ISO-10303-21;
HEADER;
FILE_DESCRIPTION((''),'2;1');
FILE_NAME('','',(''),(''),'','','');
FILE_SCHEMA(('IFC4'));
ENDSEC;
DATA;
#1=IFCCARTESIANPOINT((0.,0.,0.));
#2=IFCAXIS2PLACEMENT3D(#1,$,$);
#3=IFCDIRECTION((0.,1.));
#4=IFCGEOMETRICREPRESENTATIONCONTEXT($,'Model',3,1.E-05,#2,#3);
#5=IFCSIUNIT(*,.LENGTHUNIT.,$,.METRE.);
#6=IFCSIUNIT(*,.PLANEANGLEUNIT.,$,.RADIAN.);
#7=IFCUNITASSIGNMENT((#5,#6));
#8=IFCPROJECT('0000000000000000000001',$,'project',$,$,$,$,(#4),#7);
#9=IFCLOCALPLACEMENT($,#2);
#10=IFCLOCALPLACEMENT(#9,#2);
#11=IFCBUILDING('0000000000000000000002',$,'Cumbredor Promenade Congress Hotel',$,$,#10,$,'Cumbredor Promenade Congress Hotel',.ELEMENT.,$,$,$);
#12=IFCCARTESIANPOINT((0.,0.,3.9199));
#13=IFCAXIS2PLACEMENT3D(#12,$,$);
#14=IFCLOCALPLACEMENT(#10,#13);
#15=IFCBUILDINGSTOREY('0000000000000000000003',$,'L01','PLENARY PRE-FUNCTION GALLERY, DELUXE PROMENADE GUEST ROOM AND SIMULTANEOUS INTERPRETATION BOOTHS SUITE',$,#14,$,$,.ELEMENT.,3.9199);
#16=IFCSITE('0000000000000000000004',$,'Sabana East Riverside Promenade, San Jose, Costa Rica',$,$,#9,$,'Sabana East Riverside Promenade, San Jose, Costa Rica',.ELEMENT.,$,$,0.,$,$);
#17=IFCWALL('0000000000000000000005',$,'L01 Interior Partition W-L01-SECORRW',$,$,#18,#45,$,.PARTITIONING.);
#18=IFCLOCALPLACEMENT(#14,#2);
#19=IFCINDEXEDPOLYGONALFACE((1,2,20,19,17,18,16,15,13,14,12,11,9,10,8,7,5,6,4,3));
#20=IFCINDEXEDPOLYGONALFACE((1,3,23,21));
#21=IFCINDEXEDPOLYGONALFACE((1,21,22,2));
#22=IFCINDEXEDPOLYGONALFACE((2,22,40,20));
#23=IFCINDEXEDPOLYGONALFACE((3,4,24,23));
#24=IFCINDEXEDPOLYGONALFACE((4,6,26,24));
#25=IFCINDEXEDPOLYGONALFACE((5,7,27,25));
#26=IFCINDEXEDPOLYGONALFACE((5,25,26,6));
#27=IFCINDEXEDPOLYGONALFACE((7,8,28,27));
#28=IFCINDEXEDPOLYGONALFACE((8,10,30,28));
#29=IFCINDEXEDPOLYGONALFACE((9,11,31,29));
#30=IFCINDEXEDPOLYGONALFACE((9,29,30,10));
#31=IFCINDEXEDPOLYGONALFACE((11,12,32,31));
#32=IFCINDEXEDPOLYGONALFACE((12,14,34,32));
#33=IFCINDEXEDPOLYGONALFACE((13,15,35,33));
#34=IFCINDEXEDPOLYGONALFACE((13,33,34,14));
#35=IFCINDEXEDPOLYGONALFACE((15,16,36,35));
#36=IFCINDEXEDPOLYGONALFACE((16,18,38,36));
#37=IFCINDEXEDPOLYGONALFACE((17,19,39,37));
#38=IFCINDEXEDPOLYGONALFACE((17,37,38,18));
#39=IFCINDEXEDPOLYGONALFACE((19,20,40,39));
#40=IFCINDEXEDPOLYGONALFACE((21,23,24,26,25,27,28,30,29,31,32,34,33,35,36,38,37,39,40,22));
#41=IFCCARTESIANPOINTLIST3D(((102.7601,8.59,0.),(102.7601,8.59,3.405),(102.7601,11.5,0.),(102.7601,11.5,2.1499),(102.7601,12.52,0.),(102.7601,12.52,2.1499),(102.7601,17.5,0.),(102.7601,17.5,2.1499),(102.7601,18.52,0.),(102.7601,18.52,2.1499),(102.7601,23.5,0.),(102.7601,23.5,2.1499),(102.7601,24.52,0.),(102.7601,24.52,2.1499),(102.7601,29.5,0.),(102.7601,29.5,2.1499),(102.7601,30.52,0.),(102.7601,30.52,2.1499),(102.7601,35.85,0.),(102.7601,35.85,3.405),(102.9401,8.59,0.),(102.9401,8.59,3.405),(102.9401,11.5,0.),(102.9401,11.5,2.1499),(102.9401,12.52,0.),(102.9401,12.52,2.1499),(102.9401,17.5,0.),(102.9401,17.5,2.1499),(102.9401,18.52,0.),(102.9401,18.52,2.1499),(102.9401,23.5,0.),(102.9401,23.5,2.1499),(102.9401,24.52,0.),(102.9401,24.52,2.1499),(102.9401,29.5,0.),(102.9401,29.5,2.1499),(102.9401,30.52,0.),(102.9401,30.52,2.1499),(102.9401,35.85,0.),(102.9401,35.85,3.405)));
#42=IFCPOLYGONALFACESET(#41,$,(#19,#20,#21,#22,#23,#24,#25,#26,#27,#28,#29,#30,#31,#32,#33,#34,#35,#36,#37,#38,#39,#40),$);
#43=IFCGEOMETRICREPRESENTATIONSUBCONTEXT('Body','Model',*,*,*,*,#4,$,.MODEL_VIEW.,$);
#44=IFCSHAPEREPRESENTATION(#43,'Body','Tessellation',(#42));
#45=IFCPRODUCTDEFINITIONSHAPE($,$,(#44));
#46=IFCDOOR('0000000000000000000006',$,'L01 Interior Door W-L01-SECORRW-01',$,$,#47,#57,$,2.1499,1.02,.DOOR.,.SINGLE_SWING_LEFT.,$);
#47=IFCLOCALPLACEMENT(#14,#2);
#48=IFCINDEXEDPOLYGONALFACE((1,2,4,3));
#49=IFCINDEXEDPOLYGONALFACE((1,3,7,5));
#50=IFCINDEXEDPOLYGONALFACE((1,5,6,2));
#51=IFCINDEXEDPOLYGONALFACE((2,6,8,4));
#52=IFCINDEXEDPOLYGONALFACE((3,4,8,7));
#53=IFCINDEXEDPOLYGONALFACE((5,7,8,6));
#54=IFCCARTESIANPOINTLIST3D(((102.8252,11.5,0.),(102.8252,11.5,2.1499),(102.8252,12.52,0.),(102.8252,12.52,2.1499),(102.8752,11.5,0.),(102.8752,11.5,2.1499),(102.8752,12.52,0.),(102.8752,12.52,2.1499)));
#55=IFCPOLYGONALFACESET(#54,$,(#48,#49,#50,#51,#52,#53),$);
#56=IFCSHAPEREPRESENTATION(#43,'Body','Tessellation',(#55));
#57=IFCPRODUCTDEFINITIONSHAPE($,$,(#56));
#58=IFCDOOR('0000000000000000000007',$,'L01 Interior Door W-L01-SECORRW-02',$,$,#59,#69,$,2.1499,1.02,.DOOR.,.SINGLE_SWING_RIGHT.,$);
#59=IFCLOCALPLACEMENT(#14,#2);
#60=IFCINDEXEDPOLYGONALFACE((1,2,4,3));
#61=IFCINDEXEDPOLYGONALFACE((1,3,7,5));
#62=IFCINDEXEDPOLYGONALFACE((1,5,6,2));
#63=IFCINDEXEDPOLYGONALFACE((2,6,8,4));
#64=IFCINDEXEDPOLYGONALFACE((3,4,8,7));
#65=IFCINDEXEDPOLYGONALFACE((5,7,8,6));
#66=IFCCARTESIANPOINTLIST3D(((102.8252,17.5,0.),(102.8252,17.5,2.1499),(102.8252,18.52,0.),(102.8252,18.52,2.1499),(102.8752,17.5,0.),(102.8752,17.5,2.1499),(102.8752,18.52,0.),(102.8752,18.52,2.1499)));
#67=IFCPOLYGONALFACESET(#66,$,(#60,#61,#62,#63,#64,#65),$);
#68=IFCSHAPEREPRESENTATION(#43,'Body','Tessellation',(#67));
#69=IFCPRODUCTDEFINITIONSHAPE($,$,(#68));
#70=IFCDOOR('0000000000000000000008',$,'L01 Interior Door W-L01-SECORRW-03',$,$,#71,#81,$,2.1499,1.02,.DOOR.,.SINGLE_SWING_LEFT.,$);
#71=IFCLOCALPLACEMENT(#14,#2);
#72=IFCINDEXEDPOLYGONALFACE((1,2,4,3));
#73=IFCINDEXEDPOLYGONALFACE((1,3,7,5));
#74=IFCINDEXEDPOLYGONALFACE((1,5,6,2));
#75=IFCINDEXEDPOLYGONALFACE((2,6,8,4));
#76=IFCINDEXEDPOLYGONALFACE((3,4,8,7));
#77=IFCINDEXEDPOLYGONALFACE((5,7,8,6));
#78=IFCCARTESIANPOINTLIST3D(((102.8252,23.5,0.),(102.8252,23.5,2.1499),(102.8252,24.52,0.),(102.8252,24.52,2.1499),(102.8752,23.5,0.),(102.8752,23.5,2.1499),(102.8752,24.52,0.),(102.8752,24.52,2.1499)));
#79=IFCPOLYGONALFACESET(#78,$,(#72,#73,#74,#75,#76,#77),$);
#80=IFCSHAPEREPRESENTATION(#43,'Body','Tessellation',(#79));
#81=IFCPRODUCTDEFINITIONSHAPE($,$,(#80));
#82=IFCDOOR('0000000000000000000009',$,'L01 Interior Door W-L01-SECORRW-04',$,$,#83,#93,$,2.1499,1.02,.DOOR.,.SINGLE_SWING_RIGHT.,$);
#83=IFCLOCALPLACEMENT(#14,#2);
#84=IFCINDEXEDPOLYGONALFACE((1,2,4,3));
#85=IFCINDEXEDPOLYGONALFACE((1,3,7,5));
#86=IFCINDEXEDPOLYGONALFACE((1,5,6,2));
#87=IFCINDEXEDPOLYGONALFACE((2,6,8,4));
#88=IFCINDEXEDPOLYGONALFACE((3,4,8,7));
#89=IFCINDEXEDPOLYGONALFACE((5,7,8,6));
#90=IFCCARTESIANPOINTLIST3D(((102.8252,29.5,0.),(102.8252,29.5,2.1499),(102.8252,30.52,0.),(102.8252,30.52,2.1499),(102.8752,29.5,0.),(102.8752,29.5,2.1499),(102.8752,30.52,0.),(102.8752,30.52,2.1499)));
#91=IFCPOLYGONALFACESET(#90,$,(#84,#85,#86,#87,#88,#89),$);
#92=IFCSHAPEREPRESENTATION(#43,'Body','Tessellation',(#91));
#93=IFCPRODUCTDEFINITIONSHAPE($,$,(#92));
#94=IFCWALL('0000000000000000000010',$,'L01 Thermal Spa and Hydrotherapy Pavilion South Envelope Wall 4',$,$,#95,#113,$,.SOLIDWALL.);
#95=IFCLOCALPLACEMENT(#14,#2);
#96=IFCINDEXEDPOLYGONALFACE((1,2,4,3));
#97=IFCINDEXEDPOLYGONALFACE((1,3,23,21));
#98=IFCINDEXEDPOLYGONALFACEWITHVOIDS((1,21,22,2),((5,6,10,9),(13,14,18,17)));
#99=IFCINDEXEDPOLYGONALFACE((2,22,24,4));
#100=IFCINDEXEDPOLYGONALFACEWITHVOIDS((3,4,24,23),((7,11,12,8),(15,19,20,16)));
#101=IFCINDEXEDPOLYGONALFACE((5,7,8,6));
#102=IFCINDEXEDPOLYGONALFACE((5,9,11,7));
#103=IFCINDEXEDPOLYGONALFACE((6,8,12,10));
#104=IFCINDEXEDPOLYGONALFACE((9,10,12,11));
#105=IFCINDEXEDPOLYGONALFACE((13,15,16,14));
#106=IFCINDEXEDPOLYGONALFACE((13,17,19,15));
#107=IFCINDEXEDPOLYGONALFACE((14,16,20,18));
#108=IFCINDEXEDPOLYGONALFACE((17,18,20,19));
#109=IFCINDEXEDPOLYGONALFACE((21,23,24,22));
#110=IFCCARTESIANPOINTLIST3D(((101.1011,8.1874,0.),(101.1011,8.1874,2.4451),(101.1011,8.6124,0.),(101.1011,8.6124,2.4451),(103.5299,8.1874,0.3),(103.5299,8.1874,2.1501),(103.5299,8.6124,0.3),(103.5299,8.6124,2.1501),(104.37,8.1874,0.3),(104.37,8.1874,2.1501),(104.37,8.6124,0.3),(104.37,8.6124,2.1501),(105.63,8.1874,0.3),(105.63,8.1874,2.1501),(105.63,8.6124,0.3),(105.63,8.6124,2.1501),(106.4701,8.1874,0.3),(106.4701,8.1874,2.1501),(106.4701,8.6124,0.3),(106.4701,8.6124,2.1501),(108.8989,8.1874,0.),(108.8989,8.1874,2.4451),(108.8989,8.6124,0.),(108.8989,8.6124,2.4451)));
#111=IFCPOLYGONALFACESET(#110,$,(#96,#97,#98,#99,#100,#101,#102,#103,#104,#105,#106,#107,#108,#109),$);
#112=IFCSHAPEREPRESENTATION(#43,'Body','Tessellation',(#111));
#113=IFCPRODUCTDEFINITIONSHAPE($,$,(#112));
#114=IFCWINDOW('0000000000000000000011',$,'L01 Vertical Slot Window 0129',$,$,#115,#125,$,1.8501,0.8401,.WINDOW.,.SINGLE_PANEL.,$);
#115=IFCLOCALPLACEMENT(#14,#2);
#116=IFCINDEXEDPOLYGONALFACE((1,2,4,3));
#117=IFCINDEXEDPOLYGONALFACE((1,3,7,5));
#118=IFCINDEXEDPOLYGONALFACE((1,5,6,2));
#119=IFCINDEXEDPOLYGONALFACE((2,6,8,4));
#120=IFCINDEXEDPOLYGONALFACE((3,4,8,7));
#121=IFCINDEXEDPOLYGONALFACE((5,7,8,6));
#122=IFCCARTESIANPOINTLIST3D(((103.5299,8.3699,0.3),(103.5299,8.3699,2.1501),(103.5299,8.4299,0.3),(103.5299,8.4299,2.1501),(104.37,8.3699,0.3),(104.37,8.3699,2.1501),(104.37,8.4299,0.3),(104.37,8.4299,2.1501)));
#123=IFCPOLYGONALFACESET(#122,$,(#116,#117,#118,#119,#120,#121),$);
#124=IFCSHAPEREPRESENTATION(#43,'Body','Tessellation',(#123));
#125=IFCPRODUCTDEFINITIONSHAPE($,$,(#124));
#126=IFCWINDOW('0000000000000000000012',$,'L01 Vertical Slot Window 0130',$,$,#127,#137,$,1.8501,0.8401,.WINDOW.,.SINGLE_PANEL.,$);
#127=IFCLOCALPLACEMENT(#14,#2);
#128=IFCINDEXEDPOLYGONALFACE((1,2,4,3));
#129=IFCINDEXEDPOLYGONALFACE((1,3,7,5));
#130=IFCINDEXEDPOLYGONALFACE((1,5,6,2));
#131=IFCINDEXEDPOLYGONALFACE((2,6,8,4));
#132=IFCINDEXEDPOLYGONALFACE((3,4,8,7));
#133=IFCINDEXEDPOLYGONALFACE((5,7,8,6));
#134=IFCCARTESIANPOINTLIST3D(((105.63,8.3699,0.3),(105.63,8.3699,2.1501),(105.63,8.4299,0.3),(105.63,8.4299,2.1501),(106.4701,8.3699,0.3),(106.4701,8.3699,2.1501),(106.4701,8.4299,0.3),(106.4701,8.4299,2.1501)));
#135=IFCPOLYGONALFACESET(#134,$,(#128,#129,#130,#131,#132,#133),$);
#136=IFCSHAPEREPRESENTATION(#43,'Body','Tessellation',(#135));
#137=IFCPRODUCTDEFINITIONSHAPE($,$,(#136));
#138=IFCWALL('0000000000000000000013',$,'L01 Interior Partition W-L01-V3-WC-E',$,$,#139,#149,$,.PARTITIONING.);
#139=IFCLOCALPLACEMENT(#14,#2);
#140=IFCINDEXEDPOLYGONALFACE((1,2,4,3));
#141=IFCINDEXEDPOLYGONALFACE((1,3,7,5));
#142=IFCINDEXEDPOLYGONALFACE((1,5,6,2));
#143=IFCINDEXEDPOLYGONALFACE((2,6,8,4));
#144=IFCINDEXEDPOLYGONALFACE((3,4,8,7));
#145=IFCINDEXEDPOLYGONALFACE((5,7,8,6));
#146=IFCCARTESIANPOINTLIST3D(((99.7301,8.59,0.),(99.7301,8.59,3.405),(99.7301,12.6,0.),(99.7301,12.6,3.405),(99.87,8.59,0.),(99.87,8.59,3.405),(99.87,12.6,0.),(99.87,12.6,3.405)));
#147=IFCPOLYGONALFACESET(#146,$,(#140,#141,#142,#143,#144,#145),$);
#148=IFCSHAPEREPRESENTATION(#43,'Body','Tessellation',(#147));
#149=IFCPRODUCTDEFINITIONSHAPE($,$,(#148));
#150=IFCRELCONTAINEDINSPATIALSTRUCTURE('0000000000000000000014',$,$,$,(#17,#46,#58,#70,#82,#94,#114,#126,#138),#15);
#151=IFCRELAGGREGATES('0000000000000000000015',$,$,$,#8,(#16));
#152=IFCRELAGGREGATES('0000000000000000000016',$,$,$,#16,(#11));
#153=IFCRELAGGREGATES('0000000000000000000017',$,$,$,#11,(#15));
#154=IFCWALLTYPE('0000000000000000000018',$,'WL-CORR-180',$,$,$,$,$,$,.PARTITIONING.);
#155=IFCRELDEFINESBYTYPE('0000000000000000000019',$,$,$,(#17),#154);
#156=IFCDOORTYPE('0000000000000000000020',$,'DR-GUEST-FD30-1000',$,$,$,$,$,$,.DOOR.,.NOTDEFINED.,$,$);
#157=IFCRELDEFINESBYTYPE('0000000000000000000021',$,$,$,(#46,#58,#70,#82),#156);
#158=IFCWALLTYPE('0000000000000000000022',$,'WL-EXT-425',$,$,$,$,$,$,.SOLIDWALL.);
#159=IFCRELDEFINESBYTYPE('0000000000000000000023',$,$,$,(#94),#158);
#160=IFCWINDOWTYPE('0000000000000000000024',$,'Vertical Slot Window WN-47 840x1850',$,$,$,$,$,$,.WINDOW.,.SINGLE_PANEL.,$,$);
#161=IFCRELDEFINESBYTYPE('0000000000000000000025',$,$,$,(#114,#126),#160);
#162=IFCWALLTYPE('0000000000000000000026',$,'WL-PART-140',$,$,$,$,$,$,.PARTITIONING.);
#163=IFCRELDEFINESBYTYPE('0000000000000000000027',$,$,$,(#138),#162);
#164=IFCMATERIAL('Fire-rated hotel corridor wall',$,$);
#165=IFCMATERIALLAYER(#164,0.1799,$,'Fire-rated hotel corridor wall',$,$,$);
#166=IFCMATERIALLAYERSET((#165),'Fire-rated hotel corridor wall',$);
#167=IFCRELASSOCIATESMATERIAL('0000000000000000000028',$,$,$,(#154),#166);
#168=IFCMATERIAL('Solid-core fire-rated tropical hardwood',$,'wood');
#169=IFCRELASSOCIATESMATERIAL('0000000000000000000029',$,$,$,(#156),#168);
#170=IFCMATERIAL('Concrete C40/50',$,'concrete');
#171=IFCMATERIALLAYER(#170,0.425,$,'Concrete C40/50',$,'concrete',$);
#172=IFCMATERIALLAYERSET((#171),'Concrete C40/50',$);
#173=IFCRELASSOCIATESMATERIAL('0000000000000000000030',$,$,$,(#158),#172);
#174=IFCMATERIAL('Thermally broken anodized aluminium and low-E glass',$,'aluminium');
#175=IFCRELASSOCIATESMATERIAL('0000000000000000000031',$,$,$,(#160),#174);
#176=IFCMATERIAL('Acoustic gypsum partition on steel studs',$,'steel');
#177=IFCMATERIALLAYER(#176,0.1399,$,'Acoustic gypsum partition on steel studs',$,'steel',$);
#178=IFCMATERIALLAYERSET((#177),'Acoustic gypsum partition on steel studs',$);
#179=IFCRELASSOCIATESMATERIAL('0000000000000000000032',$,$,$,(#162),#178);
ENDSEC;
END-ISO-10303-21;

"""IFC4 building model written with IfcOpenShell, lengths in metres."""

from ifc_helpers import new_model, si_unit, direction, frame, frame_2d, origin, place, context, subcontext, project, spatial, rectangle, extrude, material, layer, layer_set, type_object, element, fill, save


model = new_model("IFC4")

# Units and contexts
model_context = context("Model", 3, precision=1e-05, world=origin(), true_north=direction((0.0, 1.0)))
body_context = subcontext(model_context, "Body", "Model", "MODEL_VIEW")
ifc_project = project(units=[si_unit("LENGTHUNIT", "METRE"), si_unit("PLANEANGLEUNIT", "RADIAN")], contexts=[model_context])

# Site, building, storey
site_placement = place(None, origin())
site = spatial("IfcSite", under=ifc_project, at=site_placement, Name="Sabana East Riverside Promenade, San Jose, Costa Rica", LongName="Sabana East Riverside Promenade, San Jose, Costa Rica", CompositionType="ELEMENT", RefElevation=0.0)
building_placement = place(site_placement, origin())
building = spatial("IfcBuilding", under=site, at=building_placement, Name="Cumbredor Promenade Congress Hotel", LongName="Cumbredor Promenade Congress Hotel", CompositionType="ELEMENT")
storey_placement = place(building_placement, frame((0.0, 0.0, 3.9199)))
storey = spatial("IfcBuildingStorey", under=building, at=storey_placement, Name="L01", Description="PLENARY PRE-FUNCTION GALLERY, DELUXE PROMENADE GUEST ROOM AND SIMULTANEOUS INTERPRETATION BOOTHS SUITE", CompositionType="ELEMENT", Elevation=3.9199)

# Shared definitions
ifc_material_1 = material(Name="Concrete C40/50", Category="concrete")

# Shared definitions
ifc_material_2 = material(Name="Thermally broken anodized aluminium and low-E glass", Category="aluminium")

# Wall, openings, doors
ifc_material_3 = material(Name="Fire-rated hotel corridor wall")
ifc_layer_1 = layer(ifc_material_3, 0.1799, Name="Fire-rated hotel corridor wall")
ifc_layer_set_1 = layer_set([ifc_layer_1], Name="Fire-rated hotel corridor wall")
wall_type_1 = type_object("IfcWallType", Name="WL-CORR-180", PredefinedType="PARTITIONING", material=ifc_layer_set_1)
wall_1_placement = place(storey_placement, frame((102.8501, 8.5901, 0.0), z_axis=(0.0, 0.0, 1.0), x_axis=(0.0, 1.0, 0.0)))
wall_1 = element("IfcWall", 1, at=wall_1_placement, inside=storey, type_object=wall_type_1, Name="L01 Interior Partition W-L01-SECORRW", PredefinedType="PARTITIONING", context=body_context, shape_type="SweptSolid", body=[
    extrude(rectangle(XDim=27.26, YDim=0.1799, at=frame_2d((13.6299, 0.0))), origin(), (0.0, 0.0, 1.0), 3.405),
])
opening_1_placement = place(wall_1_placement, frame((2.9099, 0.0, 0.0)))
opening_1 = element("IfcOpeningElement", 2, at=opening_1_placement, cuts=wall_1, PredefinedType="OPENING", context=body_context, shape_type="SweptSolid", body=[
    extrude(rectangle(XDim=1.02, YDim=2.1499, at=frame_2d((0.51, 1.075))), frame((0.0, 0.1001, 0.0), z_axis=(0.0, -1.0, 0.0), x_axis=(1.0, 0.0, 0.0)), (0.0, 0.0, 1.0), 0.2),
])
opening_2_placement = place(wall_1_placement, frame((8.9099, 0.0, 0.0)))
opening_2 = element("IfcOpeningElement", 3, at=opening_2_placement, cuts=wall_1, PredefinedType="OPENING", context=body_context, shape_type="SweptSolid", body=[
    extrude(rectangle(XDim=1.02, YDim=2.1499, at=frame_2d((0.51, 1.075))), frame((0.0, 0.1001, 0.0), z_axis=(0.0, -1.0, 0.0), x_axis=(1.0, 0.0, 0.0)), (0.0, 0.0, 1.0), 0.2),
])
opening_3_placement = place(wall_1_placement, frame((14.9099, 0.0, 0.0)))
opening_3 = element("IfcOpeningElement", 4, at=opening_3_placement, cuts=wall_1, PredefinedType="OPENING", context=body_context, shape_type="SweptSolid", body=[
    extrude(rectangle(XDim=1.02, YDim=2.1499, at=frame_2d((0.51, 1.075))), frame((0.0, 0.1001, 0.0), z_axis=(0.0, -1.0, 0.0), x_axis=(1.0, 0.0, 0.0)), (0.0, 0.0, 1.0), 0.2),
])
opening_4_placement = place(wall_1_placement, frame((20.9099, 0.0, 0.0)))
opening_4 = element("IfcOpeningElement", 5, at=opening_4_placement, cuts=wall_1, PredefinedType="OPENING", context=body_context, shape_type="SweptSolid", body=[
    extrude(rectangle(XDim=1.02, YDim=2.1499, at=frame_2d((0.51, 1.075))), frame((0.0, 0.1001, 0.0), z_axis=(0.0, -1.0, 0.0), x_axis=(1.0, 0.0, 0.0)), (0.0, 0.0, 1.0), 0.2),
])
ifc_material_4 = material(Name="Solid-core fire-rated tropical hardwood", Category="wood")
door_type = type_object("IfcDoorType", Name="DR-GUEST-FD30-1000", OperationType="NOTDEFINED", PredefinedType="DOOR", material=ifc_material_4)
door_1_placement = place(opening_1_placement, origin())
door_1 = element("IfcDoor", 6, at=door_1_placement, inside=storey, type_object=door_type, Name="L01 Interior Door W-L01-SECORRW-01", OperationType="SINGLE_SWING_LEFT", OverallHeight=2.1499, OverallWidth=1.02, PredefinedType="DOOR", context=body_context, shape_type="SweptSolid", body=[
    extrude(rectangle(XDim=1.02, YDim=2.1499, at=frame_2d((0.51, 1.075))), frame((0.0, 0.0249, 0.0), z_axis=(0.0, -1.0, 0.0), x_axis=(1.0, 0.0, 0.0)), (0.0, 0.0, 1.0), 0.05),
])
fill(opening_1, door_1)
door_2_placement = place(opening_2_placement, origin())
door_2 = element("IfcDoor", 7, at=door_2_placement, inside=storey, type_object=door_type, Name="L01 Interior Door W-L01-SECORRW-02", OperationType="SINGLE_SWING_RIGHT", OverallHeight=2.1499, OverallWidth=1.02, PredefinedType="DOOR", context=body_context, shape_type="SweptSolid", body=[
    extrude(rectangle(XDim=1.02, YDim=2.1499, at=frame_2d((0.51, 1.075))), frame((0.0, 0.0249, 0.0), z_axis=(0.0, -1.0, 0.0), x_axis=(1.0, 0.0, 0.0)), (0.0, 0.0, 1.0), 0.05),
])
fill(opening_2, door_2)
door_3_placement = place(opening_3_placement, origin())
door_3 = element("IfcDoor", 8, at=door_3_placement, inside=storey, type_object=door_type, Name="L01 Interior Door W-L01-SECORRW-03", OperationType="SINGLE_SWING_LEFT", OverallHeight=2.1499, OverallWidth=1.02, PredefinedType="DOOR", context=body_context, shape_type="SweptSolid", body=[
    extrude(rectangle(XDim=1.02, YDim=2.1499, at=frame_2d((0.51, 1.075))), frame((0.0, 0.0249, 0.0), z_axis=(0.0, -1.0, 0.0), x_axis=(1.0, 0.0, 0.0)), (0.0, 0.0, 1.0), 0.05),
])
fill(opening_3, door_3)
door_4_placement = place(opening_4_placement, origin())
door_4 = element("IfcDoor", 9, at=door_4_placement, inside=storey, type_object=door_type, Name="L01 Interior Door W-L01-SECORRW-04", OperationType="SINGLE_SWING_RIGHT", OverallHeight=2.1499, OverallWidth=1.02, PredefinedType="DOOR", context=body_context, shape_type="SweptSolid", body=[
    extrude(rectangle(XDim=1.02, YDim=2.1499, at=frame_2d((0.51, 1.075))), frame((0.0, 0.0249, 0.0), z_axis=(0.0, -1.0, 0.0), x_axis=(1.0, 0.0, 0.0)), (0.0, 0.0, 1.0), 0.05),
])
fill(opening_4, door_4)

# Wall, openings, windows
ifc_layer_2 = layer(ifc_material_1, 0.425, Name="Concrete C40/50", Category="concrete")
ifc_layer_set_2 = layer_set([ifc_layer_2], Name="Concrete C40/50")
wall_type_2 = type_object("IfcWallType", Name="WL-EXT-425", PredefinedType="SOLIDWALL", material=ifc_layer_set_2)
wall_2_placement = place(storey_placement, frame((101.1011, 8.3999, 0.0), z_axis=(0.0, 0.0, 1.0), x_axis=(1.0, 0.0, 0.0)))
wall_2 = element("IfcWall", 10, at=wall_2_placement, inside=storey, type_object=wall_type_2, Name="L01 Thermal Spa and Hydrotherapy Pavilion South Envelope Wall 4", PredefinedType="SOLIDWALL", context=body_context, shape_type="SweptSolid", body=[
    extrude(rectangle(XDim=7.7979, YDim=0.425, at=frame_2d((3.8989, 0.0))), origin(), (0.0, 0.0, 1.0), 2.4451),
])
opening_5_placement = place(wall_2_placement, frame((2.429, 0.0, 0.3)))
opening_5 = element("IfcOpeningElement", 11, at=opening_5_placement, cuts=wall_2, PredefinedType="OPENING", context=body_context, shape_type="SweptSolid", body=[
    extrude(rectangle(XDim=0.8401, YDim=1.8501, at=frame_2d((0.4199, 0.925))), frame((0.0, 0.2227, 0.0), z_axis=(0.0, -1.0, 0.0), x_axis=(1.0, 0.0, 0.0)), (0.0, 0.0, 1.0), 0.4451),
])
opening_6_placement = place(wall_2_placement, frame((4.5291, 0.0, 0.3)))
opening_6 = element("IfcOpeningElement", 12, at=opening_6_placement, cuts=wall_2, PredefinedType="OPENING", context=body_context, shape_type="SweptSolid", body=[
    extrude(rectangle(XDim=0.8401, YDim=1.8501, at=frame_2d((0.4199, 0.925))), frame((0.0, 0.2227, 0.0), z_axis=(0.0, -1.0, 0.0), x_axis=(1.0, 0.0, 0.0)), (0.0, 0.0, 1.0), 0.4451),
])
window_type = type_object("IfcWindowType", Name="Vertical Slot Window WN-47 840x1850", PartitioningType="SINGLE_PANEL", PredefinedType="WINDOW", material=ifc_material_2)
window_1_placement = place(opening_5_placement, origin())
window_1 = element("IfcWindow", 13, at=window_1_placement, inside=storey, type_object=window_type, Name="L01 Vertical Slot Window 0129", OverallHeight=1.8501, OverallWidth=0.8401, PartitioningType="SINGLE_PANEL", PredefinedType="WINDOW", context=body_context, shape_type="SweptSolid", body=[
    extrude(rectangle(XDim=0.8401, YDim=1.8501, at=frame_2d((0.4199, 0.925))), frame((0.0, 0.03, 0.0), z_axis=(0.0, -1.0, 0.0), x_axis=(1.0, 0.0, 0.0)), (0.0, 0.0, 1.0), 0.0601),
])
fill(opening_5, window_1)
window_2_placement = place(opening_6_placement, origin())
window_2 = element("IfcWindow", 14, at=window_2_placement, inside=storey, type_object=window_type, Name="L01 Vertical Slot Window 0130", OverallHeight=1.8501, OverallWidth=0.8401, PartitioningType="SINGLE_PANEL", PredefinedType="WINDOW", context=body_context, shape_type="SweptSolid", body=[
    extrude(rectangle(XDim=0.8401, YDim=1.8501, at=frame_2d((0.4199, 0.925))), frame((0.0, 0.03, 0.0), z_axis=(0.0, -1.0, 0.0), x_axis=(1.0, 0.0, 0.0)), (0.0, 0.0, 1.0), 0.0601),
])
fill(opening_6, window_2)

# Wall
ifc_material_5 = material(Name="Acoustic gypsum partition on steel studs", Category="steel")
ifc_layer_3 = layer(ifc_material_5, 0.1399, Name="Acoustic gypsum partition on steel studs", Category="steel")
ifc_layer_set_3 = layer_set([ifc_layer_3], Name="Acoustic gypsum partition on steel studs")
wall_type_3 = type_object("IfcWallType", Name="WL-PART-140", PredefinedType="PARTITIONING", material=ifc_layer_set_3)
wall_3_placement = place(storey_placement, frame((99.8, 8.5901, 0.0), z_axis=(0.0, 0.0, 1.0), x_axis=(0.0, 1.0, 0.0)))
element("IfcWall", 15, at=wall_3_placement, inside=storey, type_object=wall_type_3, Name="L01 Interior Partition W-L01-V3-WC-E", PredefinedType="PARTITIONING", context=body_context, shape_type="SweptSolid", body=[
    extrude(rectangle(XDim=4.01, YDim=0.1399, at=frame_2d((2.0049, 0.0))), origin(), (0.0, 0.0, 1.0), 3.405),
])

save(model, "model.ifc")
